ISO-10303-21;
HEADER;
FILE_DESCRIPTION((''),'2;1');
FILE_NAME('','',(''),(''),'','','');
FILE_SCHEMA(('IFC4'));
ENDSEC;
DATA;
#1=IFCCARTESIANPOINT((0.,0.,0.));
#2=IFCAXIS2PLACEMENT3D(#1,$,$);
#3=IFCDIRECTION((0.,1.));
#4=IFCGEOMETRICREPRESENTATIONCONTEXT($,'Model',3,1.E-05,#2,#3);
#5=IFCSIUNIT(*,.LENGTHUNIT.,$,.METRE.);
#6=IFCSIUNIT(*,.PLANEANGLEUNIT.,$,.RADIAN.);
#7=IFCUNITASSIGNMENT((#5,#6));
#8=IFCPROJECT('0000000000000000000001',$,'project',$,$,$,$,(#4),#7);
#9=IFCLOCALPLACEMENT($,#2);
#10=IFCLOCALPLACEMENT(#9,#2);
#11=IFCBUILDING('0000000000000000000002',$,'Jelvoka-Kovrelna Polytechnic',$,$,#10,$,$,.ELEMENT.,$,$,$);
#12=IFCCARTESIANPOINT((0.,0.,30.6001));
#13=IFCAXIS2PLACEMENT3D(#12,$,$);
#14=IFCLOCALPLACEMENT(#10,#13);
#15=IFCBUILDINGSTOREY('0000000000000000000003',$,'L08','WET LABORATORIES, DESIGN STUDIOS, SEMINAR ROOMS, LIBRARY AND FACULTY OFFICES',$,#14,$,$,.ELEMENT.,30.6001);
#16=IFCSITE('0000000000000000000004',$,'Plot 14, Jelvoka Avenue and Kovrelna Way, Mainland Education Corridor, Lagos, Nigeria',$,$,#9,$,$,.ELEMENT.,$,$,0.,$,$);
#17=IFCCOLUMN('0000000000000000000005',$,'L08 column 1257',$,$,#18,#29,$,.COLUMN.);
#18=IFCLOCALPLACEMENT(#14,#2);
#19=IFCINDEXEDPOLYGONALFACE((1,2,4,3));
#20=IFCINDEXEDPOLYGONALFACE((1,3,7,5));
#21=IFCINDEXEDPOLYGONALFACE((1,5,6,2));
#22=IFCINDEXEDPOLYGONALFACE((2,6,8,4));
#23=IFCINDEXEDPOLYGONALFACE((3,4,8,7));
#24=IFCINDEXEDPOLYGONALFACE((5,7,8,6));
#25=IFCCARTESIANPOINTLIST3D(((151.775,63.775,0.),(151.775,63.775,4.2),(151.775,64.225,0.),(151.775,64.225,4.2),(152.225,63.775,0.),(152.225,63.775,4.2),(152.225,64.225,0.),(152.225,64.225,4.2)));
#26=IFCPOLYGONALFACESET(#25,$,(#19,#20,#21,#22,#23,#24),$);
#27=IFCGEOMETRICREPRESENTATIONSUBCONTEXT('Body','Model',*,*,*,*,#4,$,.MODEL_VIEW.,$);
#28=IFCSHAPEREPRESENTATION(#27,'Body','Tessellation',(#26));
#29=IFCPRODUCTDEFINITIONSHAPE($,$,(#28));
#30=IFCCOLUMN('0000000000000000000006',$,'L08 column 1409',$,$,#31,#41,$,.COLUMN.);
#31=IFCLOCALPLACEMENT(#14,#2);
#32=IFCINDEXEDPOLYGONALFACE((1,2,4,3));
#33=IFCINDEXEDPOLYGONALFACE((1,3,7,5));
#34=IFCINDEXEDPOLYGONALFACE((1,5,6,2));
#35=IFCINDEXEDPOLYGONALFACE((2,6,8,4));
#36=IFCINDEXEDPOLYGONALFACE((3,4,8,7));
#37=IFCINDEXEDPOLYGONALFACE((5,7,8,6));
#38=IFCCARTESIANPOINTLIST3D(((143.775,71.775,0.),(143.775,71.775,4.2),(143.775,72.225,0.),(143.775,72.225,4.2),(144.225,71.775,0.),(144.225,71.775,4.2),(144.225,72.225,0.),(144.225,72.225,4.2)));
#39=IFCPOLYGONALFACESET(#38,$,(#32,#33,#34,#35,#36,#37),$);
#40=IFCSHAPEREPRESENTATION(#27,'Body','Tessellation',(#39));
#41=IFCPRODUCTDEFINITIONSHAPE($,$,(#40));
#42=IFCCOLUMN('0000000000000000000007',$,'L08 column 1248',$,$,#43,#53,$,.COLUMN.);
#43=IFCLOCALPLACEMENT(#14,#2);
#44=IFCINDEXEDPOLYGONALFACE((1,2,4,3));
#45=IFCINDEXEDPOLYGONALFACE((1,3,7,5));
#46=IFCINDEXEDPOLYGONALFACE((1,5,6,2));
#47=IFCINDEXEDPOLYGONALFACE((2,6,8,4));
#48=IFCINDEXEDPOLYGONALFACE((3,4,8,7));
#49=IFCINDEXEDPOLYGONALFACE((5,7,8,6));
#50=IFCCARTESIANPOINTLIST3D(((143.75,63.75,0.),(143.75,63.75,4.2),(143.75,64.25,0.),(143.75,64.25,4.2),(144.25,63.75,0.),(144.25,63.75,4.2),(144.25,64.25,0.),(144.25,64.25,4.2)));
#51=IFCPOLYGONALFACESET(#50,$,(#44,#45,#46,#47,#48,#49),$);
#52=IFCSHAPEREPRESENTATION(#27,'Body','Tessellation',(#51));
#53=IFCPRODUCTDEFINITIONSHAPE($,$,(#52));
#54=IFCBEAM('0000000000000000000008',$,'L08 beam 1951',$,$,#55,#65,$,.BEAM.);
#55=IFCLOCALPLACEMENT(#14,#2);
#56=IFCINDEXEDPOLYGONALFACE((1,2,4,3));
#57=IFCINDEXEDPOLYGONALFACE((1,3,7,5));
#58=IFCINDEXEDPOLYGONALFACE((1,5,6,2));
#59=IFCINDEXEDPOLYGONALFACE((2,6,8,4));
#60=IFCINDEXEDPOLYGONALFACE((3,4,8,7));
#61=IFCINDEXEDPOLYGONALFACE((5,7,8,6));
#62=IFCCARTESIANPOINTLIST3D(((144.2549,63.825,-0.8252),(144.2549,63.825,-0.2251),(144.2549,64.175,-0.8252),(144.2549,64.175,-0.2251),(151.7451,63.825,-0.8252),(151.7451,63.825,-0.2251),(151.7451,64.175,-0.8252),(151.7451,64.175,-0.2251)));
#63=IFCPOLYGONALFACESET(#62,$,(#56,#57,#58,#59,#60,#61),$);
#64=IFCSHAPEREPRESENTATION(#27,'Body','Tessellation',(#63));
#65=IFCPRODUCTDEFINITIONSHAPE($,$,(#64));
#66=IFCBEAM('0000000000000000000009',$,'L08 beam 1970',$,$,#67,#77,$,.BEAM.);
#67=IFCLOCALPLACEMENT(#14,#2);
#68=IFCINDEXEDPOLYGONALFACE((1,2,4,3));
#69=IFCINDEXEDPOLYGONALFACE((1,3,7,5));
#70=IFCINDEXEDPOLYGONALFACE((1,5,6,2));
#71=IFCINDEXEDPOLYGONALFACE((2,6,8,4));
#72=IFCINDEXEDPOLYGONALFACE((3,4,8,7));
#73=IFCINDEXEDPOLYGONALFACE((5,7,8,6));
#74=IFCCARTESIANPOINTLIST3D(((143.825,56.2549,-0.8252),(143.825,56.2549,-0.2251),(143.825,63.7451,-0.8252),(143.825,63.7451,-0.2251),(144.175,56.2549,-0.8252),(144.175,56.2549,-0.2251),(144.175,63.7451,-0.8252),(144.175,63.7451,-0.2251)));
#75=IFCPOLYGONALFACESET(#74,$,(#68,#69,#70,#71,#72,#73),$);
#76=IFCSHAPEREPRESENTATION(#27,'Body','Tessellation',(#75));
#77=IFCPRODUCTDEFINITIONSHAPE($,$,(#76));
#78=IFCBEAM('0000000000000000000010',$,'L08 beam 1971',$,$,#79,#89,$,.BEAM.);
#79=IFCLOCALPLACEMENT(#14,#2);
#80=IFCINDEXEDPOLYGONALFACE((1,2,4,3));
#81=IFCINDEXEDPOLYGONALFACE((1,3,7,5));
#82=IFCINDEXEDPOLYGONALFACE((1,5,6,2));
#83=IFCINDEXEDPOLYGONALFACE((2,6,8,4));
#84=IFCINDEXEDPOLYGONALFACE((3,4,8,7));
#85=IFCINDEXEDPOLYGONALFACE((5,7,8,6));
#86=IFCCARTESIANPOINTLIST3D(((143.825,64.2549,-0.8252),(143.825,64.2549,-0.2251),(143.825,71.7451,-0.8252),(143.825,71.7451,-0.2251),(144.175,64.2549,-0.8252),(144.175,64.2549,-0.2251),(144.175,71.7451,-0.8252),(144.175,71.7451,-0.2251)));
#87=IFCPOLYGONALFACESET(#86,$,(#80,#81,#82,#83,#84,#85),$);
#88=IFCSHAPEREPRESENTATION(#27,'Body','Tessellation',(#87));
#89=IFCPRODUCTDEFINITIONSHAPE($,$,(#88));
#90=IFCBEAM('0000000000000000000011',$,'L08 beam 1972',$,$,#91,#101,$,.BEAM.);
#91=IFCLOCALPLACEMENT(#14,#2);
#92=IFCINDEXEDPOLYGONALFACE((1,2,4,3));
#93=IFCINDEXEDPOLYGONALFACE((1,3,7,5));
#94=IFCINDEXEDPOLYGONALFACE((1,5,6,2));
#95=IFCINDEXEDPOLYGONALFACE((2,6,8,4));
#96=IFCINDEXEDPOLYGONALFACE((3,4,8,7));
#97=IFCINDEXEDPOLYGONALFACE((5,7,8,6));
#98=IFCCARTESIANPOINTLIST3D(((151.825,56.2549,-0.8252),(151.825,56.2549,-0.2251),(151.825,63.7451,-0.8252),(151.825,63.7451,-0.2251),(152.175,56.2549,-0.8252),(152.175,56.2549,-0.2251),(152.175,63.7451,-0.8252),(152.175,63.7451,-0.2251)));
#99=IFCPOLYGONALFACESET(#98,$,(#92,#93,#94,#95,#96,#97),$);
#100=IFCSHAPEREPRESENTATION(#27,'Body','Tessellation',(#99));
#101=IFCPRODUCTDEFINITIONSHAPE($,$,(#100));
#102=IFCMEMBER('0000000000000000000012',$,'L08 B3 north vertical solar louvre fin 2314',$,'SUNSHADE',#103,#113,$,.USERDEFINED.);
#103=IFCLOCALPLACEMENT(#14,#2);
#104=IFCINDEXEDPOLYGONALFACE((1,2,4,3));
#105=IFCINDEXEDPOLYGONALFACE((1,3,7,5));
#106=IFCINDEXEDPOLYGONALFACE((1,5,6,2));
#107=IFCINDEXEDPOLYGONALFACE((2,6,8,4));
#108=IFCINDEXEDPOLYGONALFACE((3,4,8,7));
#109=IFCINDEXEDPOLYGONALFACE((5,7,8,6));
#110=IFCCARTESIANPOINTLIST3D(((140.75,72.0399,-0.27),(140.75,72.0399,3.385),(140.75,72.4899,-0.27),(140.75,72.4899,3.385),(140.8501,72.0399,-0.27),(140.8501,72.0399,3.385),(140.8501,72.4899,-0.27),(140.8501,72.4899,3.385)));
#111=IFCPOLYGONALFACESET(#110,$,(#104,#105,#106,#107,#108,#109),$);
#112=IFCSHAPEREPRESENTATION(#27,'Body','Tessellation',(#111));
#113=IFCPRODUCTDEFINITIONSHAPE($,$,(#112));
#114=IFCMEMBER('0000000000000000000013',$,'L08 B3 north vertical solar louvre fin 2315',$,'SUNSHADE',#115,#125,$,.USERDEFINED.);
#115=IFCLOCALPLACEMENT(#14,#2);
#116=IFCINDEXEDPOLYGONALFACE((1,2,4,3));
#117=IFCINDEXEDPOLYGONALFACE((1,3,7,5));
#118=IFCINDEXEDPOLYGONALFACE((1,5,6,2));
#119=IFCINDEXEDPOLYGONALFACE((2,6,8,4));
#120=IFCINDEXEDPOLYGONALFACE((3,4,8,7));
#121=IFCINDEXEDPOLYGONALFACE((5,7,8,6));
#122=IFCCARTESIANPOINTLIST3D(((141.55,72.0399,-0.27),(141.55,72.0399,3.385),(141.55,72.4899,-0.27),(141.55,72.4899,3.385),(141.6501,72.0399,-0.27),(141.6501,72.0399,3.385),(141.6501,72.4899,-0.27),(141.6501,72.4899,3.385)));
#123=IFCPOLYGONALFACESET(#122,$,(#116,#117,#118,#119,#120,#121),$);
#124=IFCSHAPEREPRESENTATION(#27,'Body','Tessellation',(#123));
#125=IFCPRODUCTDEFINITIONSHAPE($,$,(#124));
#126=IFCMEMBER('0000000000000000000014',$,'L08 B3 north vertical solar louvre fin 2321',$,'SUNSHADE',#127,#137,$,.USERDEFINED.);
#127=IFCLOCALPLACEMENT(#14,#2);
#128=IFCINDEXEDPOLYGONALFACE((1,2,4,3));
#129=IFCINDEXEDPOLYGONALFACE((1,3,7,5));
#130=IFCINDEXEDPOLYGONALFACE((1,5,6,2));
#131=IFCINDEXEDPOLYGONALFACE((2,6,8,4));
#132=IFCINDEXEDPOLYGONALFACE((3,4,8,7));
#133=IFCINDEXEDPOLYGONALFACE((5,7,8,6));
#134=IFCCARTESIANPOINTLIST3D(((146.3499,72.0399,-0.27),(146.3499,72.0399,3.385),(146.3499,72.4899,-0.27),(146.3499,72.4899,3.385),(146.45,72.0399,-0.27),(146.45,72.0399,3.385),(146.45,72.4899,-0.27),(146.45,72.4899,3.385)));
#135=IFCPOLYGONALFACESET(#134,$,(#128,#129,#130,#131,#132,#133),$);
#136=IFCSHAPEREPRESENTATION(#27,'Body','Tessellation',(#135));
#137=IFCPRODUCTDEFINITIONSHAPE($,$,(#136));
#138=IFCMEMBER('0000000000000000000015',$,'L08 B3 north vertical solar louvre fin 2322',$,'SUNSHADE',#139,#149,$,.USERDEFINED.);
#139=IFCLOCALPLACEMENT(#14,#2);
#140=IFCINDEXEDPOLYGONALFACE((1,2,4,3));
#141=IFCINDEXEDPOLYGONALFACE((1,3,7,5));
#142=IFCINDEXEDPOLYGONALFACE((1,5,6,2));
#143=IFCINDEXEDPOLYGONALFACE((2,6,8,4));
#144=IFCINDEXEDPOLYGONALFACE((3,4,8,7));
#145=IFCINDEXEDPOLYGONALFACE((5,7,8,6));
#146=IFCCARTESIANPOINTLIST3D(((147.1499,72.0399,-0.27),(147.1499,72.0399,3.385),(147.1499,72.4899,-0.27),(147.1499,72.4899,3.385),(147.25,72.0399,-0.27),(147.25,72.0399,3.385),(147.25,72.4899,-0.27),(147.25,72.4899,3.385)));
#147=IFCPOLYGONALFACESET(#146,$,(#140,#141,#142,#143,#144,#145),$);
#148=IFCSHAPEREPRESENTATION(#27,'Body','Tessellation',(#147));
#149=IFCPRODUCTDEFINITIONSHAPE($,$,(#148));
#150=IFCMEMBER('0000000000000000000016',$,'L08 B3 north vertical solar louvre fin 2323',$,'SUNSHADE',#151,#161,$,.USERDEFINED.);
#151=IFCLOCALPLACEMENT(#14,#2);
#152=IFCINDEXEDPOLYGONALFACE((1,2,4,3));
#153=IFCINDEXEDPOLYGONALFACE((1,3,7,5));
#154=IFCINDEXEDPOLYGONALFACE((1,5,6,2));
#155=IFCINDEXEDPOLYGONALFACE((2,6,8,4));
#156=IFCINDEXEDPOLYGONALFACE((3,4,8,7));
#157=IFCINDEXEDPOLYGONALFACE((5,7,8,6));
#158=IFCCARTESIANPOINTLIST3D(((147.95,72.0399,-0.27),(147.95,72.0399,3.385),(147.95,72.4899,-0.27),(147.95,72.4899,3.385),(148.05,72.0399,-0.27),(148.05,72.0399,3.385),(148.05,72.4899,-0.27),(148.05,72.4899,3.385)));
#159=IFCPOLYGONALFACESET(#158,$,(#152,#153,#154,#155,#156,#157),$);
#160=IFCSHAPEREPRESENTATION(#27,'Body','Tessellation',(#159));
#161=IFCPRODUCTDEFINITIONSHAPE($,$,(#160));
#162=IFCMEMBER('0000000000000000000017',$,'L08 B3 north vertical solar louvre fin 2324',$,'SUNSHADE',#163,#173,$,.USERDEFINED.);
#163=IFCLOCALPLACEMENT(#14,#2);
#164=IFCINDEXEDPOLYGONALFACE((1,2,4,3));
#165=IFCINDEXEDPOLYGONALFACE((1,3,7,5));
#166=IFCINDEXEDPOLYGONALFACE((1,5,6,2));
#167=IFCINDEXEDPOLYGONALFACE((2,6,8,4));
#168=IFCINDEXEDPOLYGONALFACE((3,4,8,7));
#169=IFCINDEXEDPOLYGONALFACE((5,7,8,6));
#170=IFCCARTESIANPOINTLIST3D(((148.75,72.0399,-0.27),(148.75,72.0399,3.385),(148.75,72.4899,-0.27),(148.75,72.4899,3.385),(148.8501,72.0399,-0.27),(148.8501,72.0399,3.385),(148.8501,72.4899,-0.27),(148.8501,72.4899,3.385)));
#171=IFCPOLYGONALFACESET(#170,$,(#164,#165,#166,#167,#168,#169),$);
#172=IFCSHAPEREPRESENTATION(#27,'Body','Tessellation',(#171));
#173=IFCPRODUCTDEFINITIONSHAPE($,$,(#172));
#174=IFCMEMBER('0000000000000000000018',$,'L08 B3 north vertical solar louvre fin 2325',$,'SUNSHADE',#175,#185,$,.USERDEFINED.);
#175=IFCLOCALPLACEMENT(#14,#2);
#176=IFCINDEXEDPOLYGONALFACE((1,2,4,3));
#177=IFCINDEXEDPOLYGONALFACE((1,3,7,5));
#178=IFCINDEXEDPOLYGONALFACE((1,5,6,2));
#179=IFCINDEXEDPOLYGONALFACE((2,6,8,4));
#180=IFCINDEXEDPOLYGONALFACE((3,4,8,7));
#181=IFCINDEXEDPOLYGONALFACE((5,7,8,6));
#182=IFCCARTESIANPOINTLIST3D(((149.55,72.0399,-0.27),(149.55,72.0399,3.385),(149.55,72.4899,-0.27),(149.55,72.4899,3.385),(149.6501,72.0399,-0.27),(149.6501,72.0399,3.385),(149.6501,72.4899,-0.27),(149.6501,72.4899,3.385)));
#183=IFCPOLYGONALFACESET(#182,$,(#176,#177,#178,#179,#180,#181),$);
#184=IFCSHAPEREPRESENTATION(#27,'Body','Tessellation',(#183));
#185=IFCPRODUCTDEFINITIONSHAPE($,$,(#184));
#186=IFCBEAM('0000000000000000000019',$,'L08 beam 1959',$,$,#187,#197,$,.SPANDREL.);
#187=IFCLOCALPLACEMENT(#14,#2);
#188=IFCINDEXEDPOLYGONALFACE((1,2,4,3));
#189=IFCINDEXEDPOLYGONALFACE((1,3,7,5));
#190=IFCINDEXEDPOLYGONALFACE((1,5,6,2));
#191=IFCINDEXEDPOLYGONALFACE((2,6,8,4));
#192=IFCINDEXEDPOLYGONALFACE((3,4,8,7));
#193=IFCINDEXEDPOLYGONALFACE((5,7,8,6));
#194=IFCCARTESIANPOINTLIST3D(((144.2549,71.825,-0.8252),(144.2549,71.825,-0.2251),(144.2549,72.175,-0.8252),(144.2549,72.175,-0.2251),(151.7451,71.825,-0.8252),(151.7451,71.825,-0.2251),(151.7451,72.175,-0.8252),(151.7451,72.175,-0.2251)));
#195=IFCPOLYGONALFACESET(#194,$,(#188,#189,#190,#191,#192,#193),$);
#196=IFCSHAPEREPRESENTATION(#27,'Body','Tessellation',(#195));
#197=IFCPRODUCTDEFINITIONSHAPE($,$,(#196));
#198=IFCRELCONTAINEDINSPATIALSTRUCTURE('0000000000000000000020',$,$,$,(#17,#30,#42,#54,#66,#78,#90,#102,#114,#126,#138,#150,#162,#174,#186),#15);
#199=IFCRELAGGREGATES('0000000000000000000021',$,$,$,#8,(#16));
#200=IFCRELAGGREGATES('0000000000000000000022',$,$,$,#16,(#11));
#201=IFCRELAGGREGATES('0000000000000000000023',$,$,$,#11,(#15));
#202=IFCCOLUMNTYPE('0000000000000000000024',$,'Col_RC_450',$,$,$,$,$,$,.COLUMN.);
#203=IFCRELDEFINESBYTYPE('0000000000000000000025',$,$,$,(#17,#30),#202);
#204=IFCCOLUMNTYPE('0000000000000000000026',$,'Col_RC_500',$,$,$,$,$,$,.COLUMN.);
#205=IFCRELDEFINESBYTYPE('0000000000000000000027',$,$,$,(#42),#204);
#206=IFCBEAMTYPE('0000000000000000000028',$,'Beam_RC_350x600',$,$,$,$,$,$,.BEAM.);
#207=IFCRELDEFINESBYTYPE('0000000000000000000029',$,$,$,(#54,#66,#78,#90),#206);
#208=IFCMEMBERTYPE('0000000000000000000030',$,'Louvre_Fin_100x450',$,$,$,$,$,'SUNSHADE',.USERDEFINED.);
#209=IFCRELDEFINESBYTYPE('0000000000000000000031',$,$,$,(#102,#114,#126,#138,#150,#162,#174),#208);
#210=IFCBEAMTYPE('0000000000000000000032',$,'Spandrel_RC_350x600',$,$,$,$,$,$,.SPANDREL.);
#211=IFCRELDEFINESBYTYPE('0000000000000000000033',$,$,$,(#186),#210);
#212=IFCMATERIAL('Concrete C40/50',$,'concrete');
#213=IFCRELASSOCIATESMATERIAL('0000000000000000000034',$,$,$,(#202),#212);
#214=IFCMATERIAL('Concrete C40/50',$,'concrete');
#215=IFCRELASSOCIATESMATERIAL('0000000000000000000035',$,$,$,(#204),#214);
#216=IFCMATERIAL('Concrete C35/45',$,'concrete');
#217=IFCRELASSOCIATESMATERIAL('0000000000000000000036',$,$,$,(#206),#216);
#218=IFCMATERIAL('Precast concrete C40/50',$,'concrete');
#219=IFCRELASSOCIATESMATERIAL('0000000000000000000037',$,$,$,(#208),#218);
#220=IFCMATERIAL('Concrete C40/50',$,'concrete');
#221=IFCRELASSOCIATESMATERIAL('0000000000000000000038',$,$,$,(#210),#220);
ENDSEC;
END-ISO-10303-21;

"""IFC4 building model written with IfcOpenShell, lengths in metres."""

from ifc_helpers import new_model, si_unit, direction, frame, origin, origin_2d, place, context, subcontext, project, spatial, rectangle, extrude, material, material_profile, profile_set, type_object, element, save


model = new_model("IFC4")

# Units and contexts
model_context = context("Model", 3, precision=1e-05, world=origin(), true_north=direction((0.0, 1.0)))
body_context = subcontext(model_context, "Body", "Model", "MODEL_VIEW")
ifc_project = project(units=[si_unit("LENGTHUNIT", "METRE"), si_unit("PLANEANGLEUNIT", "RADIAN")], contexts=[model_context])

# Site, building, storey
site_placement = place(None, origin())
site = spatial("IfcSite", under=ifc_project, at=site_placement, Name="Plot 14, Jelvoka Avenue and Kovrelna Way, Mainland Education Corridor, Lagos, Nigeria", CompositionType="ELEMENT", RefElevation=0.0)
building_placement = place(site_placement, origin())
building = spatial("IfcBuilding", under=site, at=building_placement, Name="Jelvoka-Kovrelna Polytechnic", CompositionType="ELEMENT")
storey_placement = place(building_placement, frame((0.0, 0.0, 30.6001)))
storey = spatial("IfcBuildingStorey", under=building, at=storey_placement, Name="L08", Description="WET LABORATORIES, DESIGN STUDIOS, SEMINAR ROOMS, LIBRARY AND FACULTY OFFICES", CompositionType="ELEMENT", Elevation=30.6001)

# Columns
ifc_material_1 = material(Name="Concrete C40/50", Category="concrete")
ifc_material_profile_1 = material_profile(ifc_material_1, rectangle(XDim=0.45, YDim=0.45, at=origin_2d()), Name="RC 450x450")
ifc_profile_set_1 = profile_set([ifc_material_profile_1], Name="Concrete C40/50")
column_type_1 = type_object("IfcColumnType", Name="Col_RC_450", PredefinedType="COLUMN", material=ifc_profile_set_1)
for number, where, z_axis, x_axis, name in (
    (1, (152.0, 64.0, 0.0), (0.0, 0.0, 1.0), (1.0, 0.0, 0.0), "L08 column 1257"),
    (2, (144.0, 72.0, 0.0), (0.0, 0.0, 1.0), (1.0, 0.0, 0.0), "L08 column 1409"),
):
    element("IfcColumn", number, at=place(storey_placement, frame(where, z_axis=z_axis, x_axis=x_axis)), inside=storey, type_object=column_type_1, Name=name, PredefinedType="COLUMN", context=body_context, shape_type="SweptSolid", body=[
        extrude(rectangle(XDim=0.45, YDim=0.45, at=origin_2d()), origin(), (0.0, 0.0, 1.0), 4.2),
    ])
ifc_material_2 = material(Name="Concrete C40/50", Category="concrete")
ifc_material_profile_2 = material_profile(ifc_material_2, rectangle(XDim=0.5, YDim=0.5, at=origin_2d()), Name="RC 500x500")
ifc_profile_set_2 = profile_set([ifc_material_profile_2], Name="Concrete C40/50")
column_type_2 = type_object("IfcColumnType", Name="Col_RC_500", PredefinedType="COLUMN", material=ifc_profile_set_2)
column_placement = place(storey_placement, frame((144.0, 64.0, 0.0), z_axis=(0.0, 0.0, 1.0), x_axis=(1.0, 0.0, 0.0)))
element("IfcColumn", 3, at=column_placement, inside=storey, type_object=column_type_2, Name="L08 column 1248", PredefinedType="COLUMN", context=body_context, shape_type="SweptSolid", body=[
    extrude(rectangle(XDim=0.5, YDim=0.5, at=origin_2d()), origin(), (0.0, 0.0, 1.0), 4.2),
])

# Beams
ifc_material_3 = material(Name="Concrete C35/45", Category="concrete")
ifc_material_profile_3 = material_profile(ifc_material_3, rectangle(XDim=0.3501, YDim=0.6001, at=origin_2d()), Name="RC 350x600")
ifc_profile_set_3 = profile_set([ifc_material_profile_3], Name="Concrete C35/45")
beam_type_1 = type_object("IfcBeamType", Name="Beam_RC_350x600", PredefinedType="BEAM", material=ifc_profile_set_3)
for number, where, z_axis, x_axis, name in (
    (4, (144.2549, 64.0, -0.5251), (1.0, 0.0, 0.0), (0.0, 1.0, 0.0), "L08 beam 1951"),
    (5, (144.0, 56.2549, -0.5251), (0.0, 1.0, 0.0), (-1.0, 0.0, 0.0), "L08 beam 1970"),
    (6, (144.0, 64.2549, -0.5251), (0.0, 1.0, 0.0), (-1.0, 0.0, 0.0), "L08 beam 1971"),
    (7, (152.0, 56.2549, -0.5251), (0.0, 1.0, 0.0), (-1.0, 0.0, 0.0), "L08 beam 1972"),
):
    element("IfcBeam", number, at=place(storey_placement, frame(where, z_axis=z_axis, x_axis=x_axis)), inside=storey, type_object=beam_type_1, Name=name, PredefinedType="BEAM", context=body_context, shape_type="SweptSolid", body=[
        extrude(rectangle(XDim=0.3501, YDim=0.6001, at=origin_2d()), origin(), (0.0, 0.0, 1.0), 7.4902),
    ])

# Members
ifc_material_4 = material(Name="Precast concrete C40/50", Category="concrete")
ifc_material_profile_4 = material_profile(ifc_material_4, rectangle(XDim=0.1001, YDim=0.45, at=origin_2d()), Name="PC 100x450")
ifc_profile_set_4 = profile_set([ifc_material_profile_4], Name="Precast concrete C40/50")
member_type = type_object("IfcMemberType", Name="Louvre_Fin_100x450", ElementType="SUNSHADE", PredefinedType="USERDEFINED", material=ifc_profile_set_4)
for number, where, z_axis, x_axis, name in (
    (8, (140.8, 72.2649, -0.27), (0.0, 0.0, 1.0), (1.0, 0.0, 0.0), "L08 B3 north vertical solar louvre fin 2314"),
    (9, (141.6001, 72.2649, -0.27), (0.0, 0.0, 1.0), (1.0, 0.0, 0.0), "L08 B3 north vertical solar louvre fin 2315"),
    (10, (146.3999, 72.2649, -0.27), (0.0, 0.0, 1.0), (1.0, 0.0, 0.0), "L08 B3 north vertical solar louvre fin 2321"),
    (11, (147.2, 72.2649, -0.27), (0.0, 0.0, 1.0), (1.0, 0.0, 0.0), "L08 B3 north vertical solar louvre fin 2322"),
    (12, (148.0, 72.2649, -0.27), (0.0, 0.0, 1.0), (1.0, 0.0, 0.0), "L08 B3 north vertical solar louvre fin 2323"),
    (13, (148.8, 72.2649, -0.27), (0.0, 0.0, 1.0), (1.0, 0.0, 0.0), "L08 B3 north vertical solar louvre fin 2324"),
    (14, (149.6001, 72.2649, -0.27), (0.0, 0.0, 1.0), (1.0, 0.0, 0.0), "L08 B3 north vertical solar louvre fin 2325"),
):
    element("IfcMember", number, at=place(storey_placement, frame(where, z_axis=z_axis, x_axis=x_axis)), inside=storey, type_object=member_type, Name=name, ObjectType="SUNSHADE", PredefinedType="USERDEFINED", context=body_context, shape_type="SweptSolid", body=[
        extrude(rectangle(XDim=0.1001, YDim=0.45, at=origin_2d()), origin(), (0.0, 0.0, 1.0), 3.655),
    ])

# Beam
ifc_material_5 = material(Name="Concrete C40/50", Category="concrete")
ifc_material_profile_5 = material_profile(ifc_material_5, rectangle(XDim=0.3501, YDim=0.6001, at=origin_2d()), Name="RC 350x600")
ifc_profile_set_5 = profile_set([ifc_material_profile_5], Name="Concrete C40/50")
beam_type_2 = type_object("IfcBeamType", Name="Spandrel_RC_350x600", PredefinedType="SPANDREL", material=ifc_profile_set_5)
beam_placement = place(storey_placement, frame((144.2549, 72.0, -0.5251), z_axis=(1.0, 0.0, 0.0), x_axis=(0.0, 1.0, 0.0)))
element("IfcBeam", 15, at=beam_placement, inside=storey, type_object=beam_type_2, Name="L08 beam 1959", PredefinedType="SPANDREL", context=body_context, shape_type="SweptSolid", body=[
    extrude(rectangle(XDim=0.3501, YDim=0.6001, at=origin_2d()), origin(), (0.0, 0.0, 1.0), 7.4902),
])

save(model, "model.ifc")
